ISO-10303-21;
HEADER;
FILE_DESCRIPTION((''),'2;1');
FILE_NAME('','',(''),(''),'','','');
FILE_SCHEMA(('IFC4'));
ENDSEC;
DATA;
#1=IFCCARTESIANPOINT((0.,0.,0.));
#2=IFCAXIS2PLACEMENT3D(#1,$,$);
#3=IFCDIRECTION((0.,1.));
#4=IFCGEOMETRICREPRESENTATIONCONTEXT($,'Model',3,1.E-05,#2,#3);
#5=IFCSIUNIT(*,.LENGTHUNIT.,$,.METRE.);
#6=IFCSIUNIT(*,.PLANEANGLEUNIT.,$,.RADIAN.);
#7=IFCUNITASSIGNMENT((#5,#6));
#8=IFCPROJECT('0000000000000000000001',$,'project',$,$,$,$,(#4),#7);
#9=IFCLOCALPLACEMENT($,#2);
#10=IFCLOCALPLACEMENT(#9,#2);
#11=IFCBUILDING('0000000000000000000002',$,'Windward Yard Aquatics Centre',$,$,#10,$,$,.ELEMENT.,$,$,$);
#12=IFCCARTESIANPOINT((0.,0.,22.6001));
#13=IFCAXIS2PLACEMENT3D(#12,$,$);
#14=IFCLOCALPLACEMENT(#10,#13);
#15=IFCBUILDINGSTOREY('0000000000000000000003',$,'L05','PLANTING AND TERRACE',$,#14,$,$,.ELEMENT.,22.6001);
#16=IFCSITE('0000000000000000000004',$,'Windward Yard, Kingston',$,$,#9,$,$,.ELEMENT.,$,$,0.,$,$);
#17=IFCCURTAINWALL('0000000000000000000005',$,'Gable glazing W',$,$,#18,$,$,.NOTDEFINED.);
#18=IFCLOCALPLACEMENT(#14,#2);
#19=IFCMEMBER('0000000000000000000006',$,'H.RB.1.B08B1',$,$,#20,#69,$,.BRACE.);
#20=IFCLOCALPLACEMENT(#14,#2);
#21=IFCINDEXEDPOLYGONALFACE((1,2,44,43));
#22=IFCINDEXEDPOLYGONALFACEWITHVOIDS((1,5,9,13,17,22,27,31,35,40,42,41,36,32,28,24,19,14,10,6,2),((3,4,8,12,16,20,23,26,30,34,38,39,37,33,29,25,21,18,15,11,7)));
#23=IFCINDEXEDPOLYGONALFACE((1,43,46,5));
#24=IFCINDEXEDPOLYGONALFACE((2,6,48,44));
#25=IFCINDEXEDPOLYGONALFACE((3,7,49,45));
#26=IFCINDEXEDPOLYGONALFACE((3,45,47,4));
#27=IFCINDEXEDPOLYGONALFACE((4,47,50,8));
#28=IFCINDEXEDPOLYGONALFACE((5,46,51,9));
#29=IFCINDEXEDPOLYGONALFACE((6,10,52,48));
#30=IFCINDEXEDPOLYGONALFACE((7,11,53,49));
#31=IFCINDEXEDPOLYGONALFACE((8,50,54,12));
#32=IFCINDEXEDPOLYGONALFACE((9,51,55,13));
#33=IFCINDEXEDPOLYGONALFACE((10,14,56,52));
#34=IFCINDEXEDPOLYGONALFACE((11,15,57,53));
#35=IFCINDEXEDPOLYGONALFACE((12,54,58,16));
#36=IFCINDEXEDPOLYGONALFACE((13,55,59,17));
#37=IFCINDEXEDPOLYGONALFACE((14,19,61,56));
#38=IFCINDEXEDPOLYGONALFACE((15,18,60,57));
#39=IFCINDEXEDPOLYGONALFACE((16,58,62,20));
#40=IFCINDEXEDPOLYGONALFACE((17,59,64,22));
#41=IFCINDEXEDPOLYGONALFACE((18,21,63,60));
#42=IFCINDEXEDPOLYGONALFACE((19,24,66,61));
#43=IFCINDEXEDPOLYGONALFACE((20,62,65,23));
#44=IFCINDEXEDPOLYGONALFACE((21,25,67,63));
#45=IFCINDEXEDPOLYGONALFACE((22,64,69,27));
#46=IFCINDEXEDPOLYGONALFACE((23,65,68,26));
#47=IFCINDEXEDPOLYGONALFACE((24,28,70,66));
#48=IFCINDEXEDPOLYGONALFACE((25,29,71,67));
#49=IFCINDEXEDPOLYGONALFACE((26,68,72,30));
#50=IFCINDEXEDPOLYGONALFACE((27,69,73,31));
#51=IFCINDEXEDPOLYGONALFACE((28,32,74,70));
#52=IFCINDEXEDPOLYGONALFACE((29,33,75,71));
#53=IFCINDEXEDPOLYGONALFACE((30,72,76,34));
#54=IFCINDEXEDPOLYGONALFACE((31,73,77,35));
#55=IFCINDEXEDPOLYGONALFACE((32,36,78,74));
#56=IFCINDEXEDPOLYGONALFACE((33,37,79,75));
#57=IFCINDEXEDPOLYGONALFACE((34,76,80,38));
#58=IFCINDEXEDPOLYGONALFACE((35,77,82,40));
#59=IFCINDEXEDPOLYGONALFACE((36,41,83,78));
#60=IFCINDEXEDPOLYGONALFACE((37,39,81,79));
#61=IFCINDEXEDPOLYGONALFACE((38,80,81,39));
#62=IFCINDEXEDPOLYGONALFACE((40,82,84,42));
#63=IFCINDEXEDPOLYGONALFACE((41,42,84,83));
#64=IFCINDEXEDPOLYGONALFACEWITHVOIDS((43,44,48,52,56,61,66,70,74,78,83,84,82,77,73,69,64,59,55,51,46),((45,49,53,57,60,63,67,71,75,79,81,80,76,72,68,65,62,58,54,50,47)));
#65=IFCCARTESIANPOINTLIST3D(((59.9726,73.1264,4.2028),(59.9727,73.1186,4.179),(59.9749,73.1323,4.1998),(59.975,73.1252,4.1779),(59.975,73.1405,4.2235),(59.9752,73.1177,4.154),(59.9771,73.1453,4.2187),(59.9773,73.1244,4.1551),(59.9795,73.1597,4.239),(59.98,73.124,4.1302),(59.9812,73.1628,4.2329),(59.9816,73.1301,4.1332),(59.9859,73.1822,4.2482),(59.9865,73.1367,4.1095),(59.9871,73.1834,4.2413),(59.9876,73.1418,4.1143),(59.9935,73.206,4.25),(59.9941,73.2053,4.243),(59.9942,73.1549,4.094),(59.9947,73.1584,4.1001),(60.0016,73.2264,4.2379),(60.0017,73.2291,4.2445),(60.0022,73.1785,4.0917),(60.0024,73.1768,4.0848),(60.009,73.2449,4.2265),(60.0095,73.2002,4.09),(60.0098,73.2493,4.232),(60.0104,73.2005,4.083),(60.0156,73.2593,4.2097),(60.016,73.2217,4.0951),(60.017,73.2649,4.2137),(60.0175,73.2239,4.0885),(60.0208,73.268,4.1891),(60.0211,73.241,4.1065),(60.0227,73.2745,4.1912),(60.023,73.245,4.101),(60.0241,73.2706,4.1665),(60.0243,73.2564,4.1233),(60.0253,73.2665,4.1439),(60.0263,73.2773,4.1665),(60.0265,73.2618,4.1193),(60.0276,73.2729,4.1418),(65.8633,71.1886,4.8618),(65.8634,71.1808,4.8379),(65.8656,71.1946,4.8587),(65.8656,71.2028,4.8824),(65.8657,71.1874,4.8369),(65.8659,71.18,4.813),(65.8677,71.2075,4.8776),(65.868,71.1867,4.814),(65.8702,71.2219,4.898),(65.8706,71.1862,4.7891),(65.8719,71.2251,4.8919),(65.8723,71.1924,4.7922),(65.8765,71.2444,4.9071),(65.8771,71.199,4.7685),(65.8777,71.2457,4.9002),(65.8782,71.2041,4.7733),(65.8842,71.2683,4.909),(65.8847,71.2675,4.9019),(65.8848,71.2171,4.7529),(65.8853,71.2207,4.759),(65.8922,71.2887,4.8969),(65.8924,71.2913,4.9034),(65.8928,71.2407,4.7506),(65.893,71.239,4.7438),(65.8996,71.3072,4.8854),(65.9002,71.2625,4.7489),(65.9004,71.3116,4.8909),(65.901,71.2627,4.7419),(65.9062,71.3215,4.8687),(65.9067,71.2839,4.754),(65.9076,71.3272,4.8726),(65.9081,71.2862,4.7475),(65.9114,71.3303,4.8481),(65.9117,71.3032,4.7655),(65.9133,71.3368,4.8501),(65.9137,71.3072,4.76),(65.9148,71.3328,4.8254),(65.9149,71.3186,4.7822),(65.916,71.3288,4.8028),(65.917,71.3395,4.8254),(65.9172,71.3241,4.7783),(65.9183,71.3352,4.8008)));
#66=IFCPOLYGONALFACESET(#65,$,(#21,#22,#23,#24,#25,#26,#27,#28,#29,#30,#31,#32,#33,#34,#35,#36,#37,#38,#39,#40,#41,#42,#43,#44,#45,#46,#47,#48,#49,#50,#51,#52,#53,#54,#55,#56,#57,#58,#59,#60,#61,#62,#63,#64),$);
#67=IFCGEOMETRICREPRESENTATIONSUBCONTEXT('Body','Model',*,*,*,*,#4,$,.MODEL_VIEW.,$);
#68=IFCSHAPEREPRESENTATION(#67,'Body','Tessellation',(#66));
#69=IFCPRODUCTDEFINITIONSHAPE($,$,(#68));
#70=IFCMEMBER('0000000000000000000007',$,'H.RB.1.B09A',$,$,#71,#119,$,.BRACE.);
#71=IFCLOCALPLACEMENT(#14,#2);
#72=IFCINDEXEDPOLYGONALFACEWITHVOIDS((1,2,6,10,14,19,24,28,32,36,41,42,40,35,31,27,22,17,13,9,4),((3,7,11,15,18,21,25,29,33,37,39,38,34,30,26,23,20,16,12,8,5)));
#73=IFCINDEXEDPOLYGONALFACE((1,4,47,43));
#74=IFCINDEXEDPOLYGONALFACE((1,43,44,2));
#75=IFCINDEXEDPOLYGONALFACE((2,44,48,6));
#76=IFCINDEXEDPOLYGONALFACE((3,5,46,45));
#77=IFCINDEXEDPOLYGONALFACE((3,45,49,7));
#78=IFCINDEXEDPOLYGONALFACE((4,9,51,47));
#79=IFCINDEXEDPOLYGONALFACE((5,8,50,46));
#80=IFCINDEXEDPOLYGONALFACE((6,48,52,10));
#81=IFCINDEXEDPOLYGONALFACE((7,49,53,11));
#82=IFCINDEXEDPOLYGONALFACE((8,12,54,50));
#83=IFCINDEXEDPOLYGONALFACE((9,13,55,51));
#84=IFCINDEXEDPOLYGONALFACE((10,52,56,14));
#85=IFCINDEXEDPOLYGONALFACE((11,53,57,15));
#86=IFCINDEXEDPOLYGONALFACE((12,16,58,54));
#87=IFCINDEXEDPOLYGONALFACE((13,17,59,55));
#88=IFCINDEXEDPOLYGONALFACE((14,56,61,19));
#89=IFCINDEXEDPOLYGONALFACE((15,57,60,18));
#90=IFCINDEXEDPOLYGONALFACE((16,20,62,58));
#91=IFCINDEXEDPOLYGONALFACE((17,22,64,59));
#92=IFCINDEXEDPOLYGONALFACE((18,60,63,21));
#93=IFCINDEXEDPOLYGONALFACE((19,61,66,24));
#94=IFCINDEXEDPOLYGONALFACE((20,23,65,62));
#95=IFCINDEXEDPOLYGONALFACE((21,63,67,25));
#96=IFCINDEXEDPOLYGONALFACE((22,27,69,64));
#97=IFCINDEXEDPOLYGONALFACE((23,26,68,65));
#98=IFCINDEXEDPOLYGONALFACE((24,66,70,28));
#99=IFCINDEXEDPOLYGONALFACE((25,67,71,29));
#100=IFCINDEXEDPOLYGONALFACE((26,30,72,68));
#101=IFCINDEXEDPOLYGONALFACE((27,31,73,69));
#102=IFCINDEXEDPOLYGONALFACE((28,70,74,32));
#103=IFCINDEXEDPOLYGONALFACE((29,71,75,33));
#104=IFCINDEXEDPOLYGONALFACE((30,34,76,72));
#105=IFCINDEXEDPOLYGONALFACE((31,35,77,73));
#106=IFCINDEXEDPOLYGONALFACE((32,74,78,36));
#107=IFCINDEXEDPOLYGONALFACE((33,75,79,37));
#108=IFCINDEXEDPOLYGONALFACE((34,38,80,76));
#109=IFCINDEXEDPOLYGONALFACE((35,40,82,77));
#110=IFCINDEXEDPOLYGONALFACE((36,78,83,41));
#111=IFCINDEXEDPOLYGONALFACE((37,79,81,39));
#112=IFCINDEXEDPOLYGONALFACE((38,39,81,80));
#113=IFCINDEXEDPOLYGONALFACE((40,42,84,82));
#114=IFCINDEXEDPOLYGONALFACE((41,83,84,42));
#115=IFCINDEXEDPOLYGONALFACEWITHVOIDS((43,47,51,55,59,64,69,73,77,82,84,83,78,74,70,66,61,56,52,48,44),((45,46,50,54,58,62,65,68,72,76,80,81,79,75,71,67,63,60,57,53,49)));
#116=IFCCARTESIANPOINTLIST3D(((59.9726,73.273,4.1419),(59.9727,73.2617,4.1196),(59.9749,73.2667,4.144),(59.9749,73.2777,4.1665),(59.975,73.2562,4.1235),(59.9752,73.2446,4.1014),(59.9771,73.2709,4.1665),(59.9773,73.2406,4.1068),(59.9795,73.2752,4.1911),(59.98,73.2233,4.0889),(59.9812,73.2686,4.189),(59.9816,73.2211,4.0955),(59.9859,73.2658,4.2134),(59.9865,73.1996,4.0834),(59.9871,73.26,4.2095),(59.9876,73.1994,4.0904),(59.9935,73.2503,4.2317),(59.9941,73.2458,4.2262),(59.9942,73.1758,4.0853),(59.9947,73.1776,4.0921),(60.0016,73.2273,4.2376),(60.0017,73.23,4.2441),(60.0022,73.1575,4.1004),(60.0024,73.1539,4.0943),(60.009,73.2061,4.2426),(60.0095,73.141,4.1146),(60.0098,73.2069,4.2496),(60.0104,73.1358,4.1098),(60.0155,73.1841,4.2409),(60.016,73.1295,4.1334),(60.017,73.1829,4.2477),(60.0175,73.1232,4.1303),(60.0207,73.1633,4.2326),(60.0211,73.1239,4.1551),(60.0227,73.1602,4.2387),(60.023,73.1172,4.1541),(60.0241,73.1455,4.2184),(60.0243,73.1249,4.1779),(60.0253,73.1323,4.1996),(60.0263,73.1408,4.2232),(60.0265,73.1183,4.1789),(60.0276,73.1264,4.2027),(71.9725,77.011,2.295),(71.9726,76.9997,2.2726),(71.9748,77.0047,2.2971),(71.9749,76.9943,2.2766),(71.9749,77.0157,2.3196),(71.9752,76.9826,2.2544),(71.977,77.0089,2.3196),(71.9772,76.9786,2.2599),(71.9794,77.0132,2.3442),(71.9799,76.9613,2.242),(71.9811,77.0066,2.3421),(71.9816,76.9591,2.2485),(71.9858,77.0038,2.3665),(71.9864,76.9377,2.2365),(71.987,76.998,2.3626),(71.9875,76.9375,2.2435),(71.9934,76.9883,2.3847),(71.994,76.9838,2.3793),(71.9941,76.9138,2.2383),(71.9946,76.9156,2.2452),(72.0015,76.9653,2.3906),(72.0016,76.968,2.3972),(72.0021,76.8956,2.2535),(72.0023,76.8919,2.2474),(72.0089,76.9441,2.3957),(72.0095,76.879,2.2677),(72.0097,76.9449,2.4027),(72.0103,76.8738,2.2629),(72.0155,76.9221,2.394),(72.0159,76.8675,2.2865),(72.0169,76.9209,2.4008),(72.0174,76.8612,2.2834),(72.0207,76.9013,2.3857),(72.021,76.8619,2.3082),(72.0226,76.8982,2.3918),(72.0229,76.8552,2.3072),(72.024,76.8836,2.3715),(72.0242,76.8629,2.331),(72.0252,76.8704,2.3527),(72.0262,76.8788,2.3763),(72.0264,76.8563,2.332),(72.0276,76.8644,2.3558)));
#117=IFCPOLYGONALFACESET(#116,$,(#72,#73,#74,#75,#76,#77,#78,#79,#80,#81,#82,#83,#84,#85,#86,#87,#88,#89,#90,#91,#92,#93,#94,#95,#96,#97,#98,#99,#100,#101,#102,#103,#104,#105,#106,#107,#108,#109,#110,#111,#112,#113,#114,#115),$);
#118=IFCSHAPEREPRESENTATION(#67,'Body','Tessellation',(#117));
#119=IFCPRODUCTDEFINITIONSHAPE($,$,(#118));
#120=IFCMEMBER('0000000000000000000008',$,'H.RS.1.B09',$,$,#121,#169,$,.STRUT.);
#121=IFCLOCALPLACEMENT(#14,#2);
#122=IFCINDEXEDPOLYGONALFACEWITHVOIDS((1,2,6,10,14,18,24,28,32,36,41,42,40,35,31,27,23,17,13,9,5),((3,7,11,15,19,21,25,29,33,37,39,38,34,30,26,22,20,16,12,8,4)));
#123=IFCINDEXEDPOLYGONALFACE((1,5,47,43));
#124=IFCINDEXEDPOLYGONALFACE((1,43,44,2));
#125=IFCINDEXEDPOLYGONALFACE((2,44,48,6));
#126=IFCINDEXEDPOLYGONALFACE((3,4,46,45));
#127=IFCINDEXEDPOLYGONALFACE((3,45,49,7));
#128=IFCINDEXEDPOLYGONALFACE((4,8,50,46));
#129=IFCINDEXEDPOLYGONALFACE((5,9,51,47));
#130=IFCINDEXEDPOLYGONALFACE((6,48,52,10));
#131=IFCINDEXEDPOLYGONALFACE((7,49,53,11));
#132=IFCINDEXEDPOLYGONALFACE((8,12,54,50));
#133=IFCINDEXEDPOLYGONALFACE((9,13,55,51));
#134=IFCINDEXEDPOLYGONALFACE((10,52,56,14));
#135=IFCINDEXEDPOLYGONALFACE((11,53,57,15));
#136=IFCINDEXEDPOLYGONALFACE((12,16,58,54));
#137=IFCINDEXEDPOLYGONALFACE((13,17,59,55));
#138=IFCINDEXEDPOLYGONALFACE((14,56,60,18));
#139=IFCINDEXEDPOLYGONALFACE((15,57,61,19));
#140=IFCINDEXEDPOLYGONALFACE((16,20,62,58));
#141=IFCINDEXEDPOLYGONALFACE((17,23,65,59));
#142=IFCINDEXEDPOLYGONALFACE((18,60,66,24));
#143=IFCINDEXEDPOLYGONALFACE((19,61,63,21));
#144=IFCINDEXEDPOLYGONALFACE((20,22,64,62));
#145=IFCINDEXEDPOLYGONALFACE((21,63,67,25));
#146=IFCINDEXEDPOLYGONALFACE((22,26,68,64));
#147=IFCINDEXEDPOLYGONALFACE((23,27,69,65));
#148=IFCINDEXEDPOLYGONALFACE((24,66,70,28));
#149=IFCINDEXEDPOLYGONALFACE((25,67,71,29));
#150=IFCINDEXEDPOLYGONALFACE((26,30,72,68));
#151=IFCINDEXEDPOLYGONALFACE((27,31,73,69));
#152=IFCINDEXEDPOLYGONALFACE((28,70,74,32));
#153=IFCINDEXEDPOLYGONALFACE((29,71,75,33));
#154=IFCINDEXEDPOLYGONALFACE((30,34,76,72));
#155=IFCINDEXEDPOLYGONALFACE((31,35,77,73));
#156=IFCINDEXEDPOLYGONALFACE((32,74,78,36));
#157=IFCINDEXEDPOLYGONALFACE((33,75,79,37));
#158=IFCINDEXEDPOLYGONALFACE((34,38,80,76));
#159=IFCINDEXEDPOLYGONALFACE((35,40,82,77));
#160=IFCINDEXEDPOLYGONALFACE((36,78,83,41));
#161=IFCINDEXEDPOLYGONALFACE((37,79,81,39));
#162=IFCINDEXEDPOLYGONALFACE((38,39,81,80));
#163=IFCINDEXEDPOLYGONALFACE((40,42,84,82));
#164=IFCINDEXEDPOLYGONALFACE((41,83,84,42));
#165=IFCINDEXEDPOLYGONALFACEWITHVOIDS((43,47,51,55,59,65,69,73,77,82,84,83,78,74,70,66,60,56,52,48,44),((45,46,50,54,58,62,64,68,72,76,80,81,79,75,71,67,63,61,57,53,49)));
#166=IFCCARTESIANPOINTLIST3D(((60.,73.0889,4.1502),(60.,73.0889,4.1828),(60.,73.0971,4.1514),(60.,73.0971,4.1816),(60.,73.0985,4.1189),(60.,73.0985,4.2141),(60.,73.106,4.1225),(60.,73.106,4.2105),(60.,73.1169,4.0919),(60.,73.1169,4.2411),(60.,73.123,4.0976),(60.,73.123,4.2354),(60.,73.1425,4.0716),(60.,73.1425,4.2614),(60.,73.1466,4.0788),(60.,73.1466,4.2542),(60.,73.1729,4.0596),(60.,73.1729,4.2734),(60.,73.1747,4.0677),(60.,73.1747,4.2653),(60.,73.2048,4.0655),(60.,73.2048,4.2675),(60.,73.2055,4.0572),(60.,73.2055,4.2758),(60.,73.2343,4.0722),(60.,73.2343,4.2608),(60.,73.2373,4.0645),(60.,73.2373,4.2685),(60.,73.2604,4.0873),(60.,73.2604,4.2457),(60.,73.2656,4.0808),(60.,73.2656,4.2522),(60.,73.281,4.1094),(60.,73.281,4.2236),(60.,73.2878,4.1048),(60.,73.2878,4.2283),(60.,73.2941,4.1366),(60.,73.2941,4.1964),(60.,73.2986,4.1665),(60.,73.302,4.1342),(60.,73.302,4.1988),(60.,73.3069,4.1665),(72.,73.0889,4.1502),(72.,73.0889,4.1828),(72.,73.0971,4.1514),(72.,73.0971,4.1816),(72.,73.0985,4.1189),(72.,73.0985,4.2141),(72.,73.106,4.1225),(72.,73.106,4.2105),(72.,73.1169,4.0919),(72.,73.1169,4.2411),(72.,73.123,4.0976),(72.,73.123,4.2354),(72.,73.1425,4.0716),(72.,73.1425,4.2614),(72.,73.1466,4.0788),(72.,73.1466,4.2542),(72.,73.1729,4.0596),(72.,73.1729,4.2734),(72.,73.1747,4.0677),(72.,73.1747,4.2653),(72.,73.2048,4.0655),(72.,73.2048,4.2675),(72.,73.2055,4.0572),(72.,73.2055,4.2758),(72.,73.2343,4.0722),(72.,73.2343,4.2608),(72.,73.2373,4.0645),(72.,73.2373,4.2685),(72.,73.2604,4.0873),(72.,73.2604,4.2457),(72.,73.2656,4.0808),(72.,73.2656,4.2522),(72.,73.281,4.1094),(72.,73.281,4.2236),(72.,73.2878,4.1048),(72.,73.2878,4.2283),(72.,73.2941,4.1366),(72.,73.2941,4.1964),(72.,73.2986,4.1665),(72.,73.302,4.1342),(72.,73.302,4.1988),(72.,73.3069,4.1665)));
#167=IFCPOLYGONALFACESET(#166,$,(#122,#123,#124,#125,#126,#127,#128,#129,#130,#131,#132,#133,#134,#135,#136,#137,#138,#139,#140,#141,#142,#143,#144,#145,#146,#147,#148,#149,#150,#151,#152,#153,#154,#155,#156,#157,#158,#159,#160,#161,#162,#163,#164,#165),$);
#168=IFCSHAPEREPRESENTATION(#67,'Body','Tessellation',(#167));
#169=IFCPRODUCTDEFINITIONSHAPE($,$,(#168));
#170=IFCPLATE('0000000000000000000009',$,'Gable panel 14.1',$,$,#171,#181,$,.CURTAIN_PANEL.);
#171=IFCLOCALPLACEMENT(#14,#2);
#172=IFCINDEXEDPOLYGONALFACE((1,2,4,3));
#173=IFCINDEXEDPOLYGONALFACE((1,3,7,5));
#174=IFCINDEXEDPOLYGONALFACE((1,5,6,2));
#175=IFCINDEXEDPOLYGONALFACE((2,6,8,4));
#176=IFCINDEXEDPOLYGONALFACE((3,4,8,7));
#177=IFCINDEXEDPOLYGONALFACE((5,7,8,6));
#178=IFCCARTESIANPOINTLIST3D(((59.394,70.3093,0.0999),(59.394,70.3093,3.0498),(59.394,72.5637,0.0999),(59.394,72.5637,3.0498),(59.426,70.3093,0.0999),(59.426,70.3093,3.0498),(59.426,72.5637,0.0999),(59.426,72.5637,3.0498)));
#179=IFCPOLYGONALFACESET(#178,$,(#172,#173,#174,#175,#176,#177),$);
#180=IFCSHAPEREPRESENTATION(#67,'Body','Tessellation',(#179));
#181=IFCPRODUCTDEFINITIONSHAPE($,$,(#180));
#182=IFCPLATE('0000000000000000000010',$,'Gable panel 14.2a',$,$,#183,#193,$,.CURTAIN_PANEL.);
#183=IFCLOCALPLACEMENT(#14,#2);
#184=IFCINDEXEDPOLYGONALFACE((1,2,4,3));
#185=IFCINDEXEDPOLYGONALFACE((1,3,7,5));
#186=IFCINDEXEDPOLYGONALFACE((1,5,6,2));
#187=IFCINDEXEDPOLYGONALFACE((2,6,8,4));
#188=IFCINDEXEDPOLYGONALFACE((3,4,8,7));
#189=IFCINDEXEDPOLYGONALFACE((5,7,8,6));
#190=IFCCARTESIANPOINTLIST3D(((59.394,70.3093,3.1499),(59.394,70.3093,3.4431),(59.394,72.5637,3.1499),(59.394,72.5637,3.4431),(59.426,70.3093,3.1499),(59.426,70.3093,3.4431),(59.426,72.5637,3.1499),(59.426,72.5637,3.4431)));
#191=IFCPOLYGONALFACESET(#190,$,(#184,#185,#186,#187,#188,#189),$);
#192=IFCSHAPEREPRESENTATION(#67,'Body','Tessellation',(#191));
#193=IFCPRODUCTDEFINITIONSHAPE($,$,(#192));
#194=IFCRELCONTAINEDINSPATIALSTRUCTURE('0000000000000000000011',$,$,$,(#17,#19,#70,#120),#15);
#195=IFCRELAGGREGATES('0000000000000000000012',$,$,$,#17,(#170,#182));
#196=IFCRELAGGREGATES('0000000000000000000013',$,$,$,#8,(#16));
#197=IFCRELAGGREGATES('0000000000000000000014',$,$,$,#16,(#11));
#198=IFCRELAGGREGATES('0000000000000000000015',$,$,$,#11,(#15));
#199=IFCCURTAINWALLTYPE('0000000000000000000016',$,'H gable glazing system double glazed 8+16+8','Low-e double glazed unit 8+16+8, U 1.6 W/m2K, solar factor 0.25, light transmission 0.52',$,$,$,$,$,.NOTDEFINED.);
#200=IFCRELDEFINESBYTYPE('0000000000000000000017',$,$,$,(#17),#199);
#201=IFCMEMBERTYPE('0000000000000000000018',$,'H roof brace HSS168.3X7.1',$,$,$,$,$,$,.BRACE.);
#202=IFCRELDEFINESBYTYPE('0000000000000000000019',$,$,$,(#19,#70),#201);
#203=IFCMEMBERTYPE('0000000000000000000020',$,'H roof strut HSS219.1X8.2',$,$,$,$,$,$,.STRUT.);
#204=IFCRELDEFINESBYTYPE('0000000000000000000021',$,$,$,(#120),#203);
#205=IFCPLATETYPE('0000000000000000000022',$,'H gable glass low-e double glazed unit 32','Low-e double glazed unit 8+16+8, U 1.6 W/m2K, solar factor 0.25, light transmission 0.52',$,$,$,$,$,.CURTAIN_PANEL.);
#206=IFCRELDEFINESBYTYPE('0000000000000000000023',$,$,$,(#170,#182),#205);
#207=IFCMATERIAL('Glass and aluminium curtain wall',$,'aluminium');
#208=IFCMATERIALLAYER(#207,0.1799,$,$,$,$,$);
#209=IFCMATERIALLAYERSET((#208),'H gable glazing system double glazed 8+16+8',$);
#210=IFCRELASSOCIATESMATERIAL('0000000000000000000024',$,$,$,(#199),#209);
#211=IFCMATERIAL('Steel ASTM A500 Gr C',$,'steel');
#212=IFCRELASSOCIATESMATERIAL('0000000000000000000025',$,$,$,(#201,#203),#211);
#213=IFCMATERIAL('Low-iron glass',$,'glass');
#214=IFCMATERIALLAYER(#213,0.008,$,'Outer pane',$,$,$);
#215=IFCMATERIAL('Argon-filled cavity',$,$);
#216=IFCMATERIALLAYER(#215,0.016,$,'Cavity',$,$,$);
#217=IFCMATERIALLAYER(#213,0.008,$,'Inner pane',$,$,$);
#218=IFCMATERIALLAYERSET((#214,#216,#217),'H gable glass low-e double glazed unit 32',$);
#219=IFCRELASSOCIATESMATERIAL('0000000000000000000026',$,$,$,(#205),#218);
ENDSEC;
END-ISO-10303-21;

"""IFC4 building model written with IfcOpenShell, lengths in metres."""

from ifc_helpers import new_model, si_unit, direction, frame, origin, origin_2d, place, context, subcontext, project, spatial, polyline, hollow_circle, outline, extrude, material, layer, layer_set, material_profile, profile_set, type_object, element, aggregate, save


model = new_model("IFC4")

# Units and contexts
model_context = context("Model", 3, precision=1e-05, world=origin(), true_north=direction((0.0, 1.0)))
body_context = subcontext(model_context, "Body", "Model", "MODEL_VIEW")
ifc_project = project(units=[si_unit("LENGTHUNIT", "METRE"), si_unit("PLANEANGLEUNIT", "RADIAN")], contexts=[model_context])

# Site, building, storey
site_placement = place(None, origin())
site = spatial("IfcSite", under=ifc_project, at=site_placement, Name="Windward Yard, Kingston", CompositionType="ELEMENT", RefElevation=0.0)
building_placement = place(site_placement, origin())
building = spatial("IfcBuilding", under=site, at=building_placement, Name="Windward Yard Aquatics Centre", CompositionType="ELEMENT")
storey_placement = place(building_placement, frame((0.0, 0.0, 22.6001)))
storey = spatial("IfcBuildingStorey", under=building, at=storey_placement, Name="L05", Description="PLANTING AND TERRACE", CompositionType="ELEMENT", Elevation=22.6001)

# Curtain wall
ifc_material_1 = material(Name="Glass and aluminium curtain wall", Category="aluminium")
ifc_layer_1 = layer(ifc_material_1, 0.1799)
ifc_layer_set_1 = layer_set([ifc_layer_1], Name="H gable glazing system double glazed 8+16+8")
curtain_wall_type = type_object("IfcCurtainWallType", Name="H gable glazing system double glazed 8+16+8", Description="Low-e double glazed unit 8+16+8, U 1.6 W/m2K, solar factor 0.25, light transmission 0.52", PredefinedType="NOTDEFINED", material=ifc_layer_set_1)
curtain_wall_placement = place(storey_placement, origin())
curtain_wall = element("IfcCurtainWall", 1, at=curtain_wall_placement, inside=storey, type_object=curtain_wall_type, Name="Gable glazing W", PredefinedType="NOTDEFINED")

# Members
ifc_material_2 = material(Name="Steel ASTM A500 Gr C", Category="steel")
ifc_material_profile_1 = material_profile(ifc_material_2, hollow_circle(Radius=0.0842, WallThickness=0.0071, at=origin_2d()), Name="HSS168.3X7.1")
ifc_profile_set_1 = profile_set([ifc_material_profile_1], Name="Steel ASTM A500 Gr C")
member_type_1 = type_object("IfcMemberType", Name="H roof brace HSS168.3X7.1", PredefinedType="BRACE", material=ifc_profile_set_1)
member_1_placement = place(storey_placement, frame((60.0, 73.1973, 4.1665), z_axis=(0.944606, -0.310732, 0.105665), x_axis=(0.312481, 0.949924, 0.0)))
element("IfcMember", 2, at=member_1_placement, inside=storey, type_object=member_type_1, Name="H.RB.1.B08B1", PredefinedType="BRACE", context=body_context, shape_type="SweptSolid", body=[
    extrude(hollow_circle(Radius=0.0842, WallThickness=0.0071, at=origin_2d()), origin(), (0.0, 0.0, 1.0), 6.2361),
])
member_2_placement = place(storey_placement, frame((60.0, 73.1973, 4.1665), z_axis=(0.944607, 0.294248, -0.145385), x_axis=(-0.297408, 0.954751, 0.0)))
element("IfcMember", 3, at=member_2_placement, inside=storey, type_object=member_type_1, Name="H.RB.1.B09A", PredefinedType="BRACE", context=body_context, shape_type="SweptSolid", body=[
    extrude(hollow_circle(Radius=0.0842, WallThickness=0.0071, at=origin_2d()), origin(), (0.0, 0.0, 1.0), 12.7036),
])
ifc_material_profile_2 = material_profile(ifc_material_2, hollow_circle(Radius=0.1096, WallThickness=0.0083, at=origin_2d()), Name="HSS219.1X8.2")
ifc_profile_set_2 = profile_set([ifc_material_profile_2], Name="Steel ASTM A500 Gr C")
member_type_2 = type_object("IfcMemberType", Name="H roof strut HSS219.1X8.2", PredefinedType="STRUT", material=ifc_profile_set_2)
member_3_placement = place(storey_placement, frame((60.0, 73.1973, 4.1665), z_axis=(1.0, 0.0, 0.0), x_axis=(0.0, 1.0, 0.0)))
element("IfcMember", 4, at=member_3_placement, inside=storey, type_object=member_type_2, Name="H.RS.1.B09", PredefinedType="STRUT", context=body_context, shape_type="SweptSolid", body=[
    extrude(hollow_circle(Radius=0.1096, WallThickness=0.0083, at=origin_2d()), origin(), (0.0, 0.0, 1.0), 12.0),
])

# Plates
ifc_material_3 = material(Name="Low-iron glass", Category="glass")
ifc_layer_2 = layer(ifc_material_3, 0.008, Name="Outer pane")
ifc_material_4 = material(Name="Argon-filled cavity")
ifc_layer_3 = layer(ifc_material_4, 0.016, Name="Cavity")
ifc_layer_4 = layer(ifc_material_3, 0.008, Name="Inner pane")
ifc_layer_set_2 = layer_set([ifc_layer_2, ifc_layer_3, ifc_layer_4], Name="H gable glass low-e double glazed unit 32")
plate_type = type_object("IfcPlateType", Name="H gable glass low-e double glazed unit 32", Description="Low-e double glazed unit 8+16+8, U 1.6 W/m2K, solar factor 0.25, light transmission 0.52", PredefinedType="CURTAIN_PANEL", material=ifc_layer_set_2)
plate_1_placement = place(storey_placement, frame((59.394, 70.3093, 0.0999), z_axis=(-1.0, 0.0, 0.0), x_axis=(0.0, 0.0, 1.0)))
plate_1 = element("IfcPlate", 5, at=plate_1_placement, type_object=plate_type, Name="Gable panel 14.1", PredefinedType="CURTAIN_PANEL", context=body_context, shape_type="SweptSolid", body=[
    extrude(outline(polyline([(0.0, 0.0), (2.95, 0.0), (2.95, 2.2544), (0.0, 2.2544), (0.0, 0.0)])), origin(), (0.0, 0.0, -1.0), 0.032),
])
plate_2_placement = place(storey_placement, frame((59.426, 70.3093, 3.1499), z_axis=(1.0, 0.0, 0.0), x_axis=(0.0, 1.0, 0.0)))
plate_2 = element("IfcPlate", 6, at=plate_2_placement, type_object=plate_type, Name="Gable panel 14.2a", PredefinedType="CURTAIN_PANEL", context=body_context, shape_type="SweptSolid", body=[
    extrude(outline(polyline([(0.0, 0.0), (2.2544, 0.0), (2.2544, 0.2932), (0.0, 0.2932), (0.0, 0.0)])), origin(), (0.0, 0.0, -1.0), 0.032),
])
aggregate(curtain_wall, [plate_1, plate_2])

save(model, "model.ifc")
